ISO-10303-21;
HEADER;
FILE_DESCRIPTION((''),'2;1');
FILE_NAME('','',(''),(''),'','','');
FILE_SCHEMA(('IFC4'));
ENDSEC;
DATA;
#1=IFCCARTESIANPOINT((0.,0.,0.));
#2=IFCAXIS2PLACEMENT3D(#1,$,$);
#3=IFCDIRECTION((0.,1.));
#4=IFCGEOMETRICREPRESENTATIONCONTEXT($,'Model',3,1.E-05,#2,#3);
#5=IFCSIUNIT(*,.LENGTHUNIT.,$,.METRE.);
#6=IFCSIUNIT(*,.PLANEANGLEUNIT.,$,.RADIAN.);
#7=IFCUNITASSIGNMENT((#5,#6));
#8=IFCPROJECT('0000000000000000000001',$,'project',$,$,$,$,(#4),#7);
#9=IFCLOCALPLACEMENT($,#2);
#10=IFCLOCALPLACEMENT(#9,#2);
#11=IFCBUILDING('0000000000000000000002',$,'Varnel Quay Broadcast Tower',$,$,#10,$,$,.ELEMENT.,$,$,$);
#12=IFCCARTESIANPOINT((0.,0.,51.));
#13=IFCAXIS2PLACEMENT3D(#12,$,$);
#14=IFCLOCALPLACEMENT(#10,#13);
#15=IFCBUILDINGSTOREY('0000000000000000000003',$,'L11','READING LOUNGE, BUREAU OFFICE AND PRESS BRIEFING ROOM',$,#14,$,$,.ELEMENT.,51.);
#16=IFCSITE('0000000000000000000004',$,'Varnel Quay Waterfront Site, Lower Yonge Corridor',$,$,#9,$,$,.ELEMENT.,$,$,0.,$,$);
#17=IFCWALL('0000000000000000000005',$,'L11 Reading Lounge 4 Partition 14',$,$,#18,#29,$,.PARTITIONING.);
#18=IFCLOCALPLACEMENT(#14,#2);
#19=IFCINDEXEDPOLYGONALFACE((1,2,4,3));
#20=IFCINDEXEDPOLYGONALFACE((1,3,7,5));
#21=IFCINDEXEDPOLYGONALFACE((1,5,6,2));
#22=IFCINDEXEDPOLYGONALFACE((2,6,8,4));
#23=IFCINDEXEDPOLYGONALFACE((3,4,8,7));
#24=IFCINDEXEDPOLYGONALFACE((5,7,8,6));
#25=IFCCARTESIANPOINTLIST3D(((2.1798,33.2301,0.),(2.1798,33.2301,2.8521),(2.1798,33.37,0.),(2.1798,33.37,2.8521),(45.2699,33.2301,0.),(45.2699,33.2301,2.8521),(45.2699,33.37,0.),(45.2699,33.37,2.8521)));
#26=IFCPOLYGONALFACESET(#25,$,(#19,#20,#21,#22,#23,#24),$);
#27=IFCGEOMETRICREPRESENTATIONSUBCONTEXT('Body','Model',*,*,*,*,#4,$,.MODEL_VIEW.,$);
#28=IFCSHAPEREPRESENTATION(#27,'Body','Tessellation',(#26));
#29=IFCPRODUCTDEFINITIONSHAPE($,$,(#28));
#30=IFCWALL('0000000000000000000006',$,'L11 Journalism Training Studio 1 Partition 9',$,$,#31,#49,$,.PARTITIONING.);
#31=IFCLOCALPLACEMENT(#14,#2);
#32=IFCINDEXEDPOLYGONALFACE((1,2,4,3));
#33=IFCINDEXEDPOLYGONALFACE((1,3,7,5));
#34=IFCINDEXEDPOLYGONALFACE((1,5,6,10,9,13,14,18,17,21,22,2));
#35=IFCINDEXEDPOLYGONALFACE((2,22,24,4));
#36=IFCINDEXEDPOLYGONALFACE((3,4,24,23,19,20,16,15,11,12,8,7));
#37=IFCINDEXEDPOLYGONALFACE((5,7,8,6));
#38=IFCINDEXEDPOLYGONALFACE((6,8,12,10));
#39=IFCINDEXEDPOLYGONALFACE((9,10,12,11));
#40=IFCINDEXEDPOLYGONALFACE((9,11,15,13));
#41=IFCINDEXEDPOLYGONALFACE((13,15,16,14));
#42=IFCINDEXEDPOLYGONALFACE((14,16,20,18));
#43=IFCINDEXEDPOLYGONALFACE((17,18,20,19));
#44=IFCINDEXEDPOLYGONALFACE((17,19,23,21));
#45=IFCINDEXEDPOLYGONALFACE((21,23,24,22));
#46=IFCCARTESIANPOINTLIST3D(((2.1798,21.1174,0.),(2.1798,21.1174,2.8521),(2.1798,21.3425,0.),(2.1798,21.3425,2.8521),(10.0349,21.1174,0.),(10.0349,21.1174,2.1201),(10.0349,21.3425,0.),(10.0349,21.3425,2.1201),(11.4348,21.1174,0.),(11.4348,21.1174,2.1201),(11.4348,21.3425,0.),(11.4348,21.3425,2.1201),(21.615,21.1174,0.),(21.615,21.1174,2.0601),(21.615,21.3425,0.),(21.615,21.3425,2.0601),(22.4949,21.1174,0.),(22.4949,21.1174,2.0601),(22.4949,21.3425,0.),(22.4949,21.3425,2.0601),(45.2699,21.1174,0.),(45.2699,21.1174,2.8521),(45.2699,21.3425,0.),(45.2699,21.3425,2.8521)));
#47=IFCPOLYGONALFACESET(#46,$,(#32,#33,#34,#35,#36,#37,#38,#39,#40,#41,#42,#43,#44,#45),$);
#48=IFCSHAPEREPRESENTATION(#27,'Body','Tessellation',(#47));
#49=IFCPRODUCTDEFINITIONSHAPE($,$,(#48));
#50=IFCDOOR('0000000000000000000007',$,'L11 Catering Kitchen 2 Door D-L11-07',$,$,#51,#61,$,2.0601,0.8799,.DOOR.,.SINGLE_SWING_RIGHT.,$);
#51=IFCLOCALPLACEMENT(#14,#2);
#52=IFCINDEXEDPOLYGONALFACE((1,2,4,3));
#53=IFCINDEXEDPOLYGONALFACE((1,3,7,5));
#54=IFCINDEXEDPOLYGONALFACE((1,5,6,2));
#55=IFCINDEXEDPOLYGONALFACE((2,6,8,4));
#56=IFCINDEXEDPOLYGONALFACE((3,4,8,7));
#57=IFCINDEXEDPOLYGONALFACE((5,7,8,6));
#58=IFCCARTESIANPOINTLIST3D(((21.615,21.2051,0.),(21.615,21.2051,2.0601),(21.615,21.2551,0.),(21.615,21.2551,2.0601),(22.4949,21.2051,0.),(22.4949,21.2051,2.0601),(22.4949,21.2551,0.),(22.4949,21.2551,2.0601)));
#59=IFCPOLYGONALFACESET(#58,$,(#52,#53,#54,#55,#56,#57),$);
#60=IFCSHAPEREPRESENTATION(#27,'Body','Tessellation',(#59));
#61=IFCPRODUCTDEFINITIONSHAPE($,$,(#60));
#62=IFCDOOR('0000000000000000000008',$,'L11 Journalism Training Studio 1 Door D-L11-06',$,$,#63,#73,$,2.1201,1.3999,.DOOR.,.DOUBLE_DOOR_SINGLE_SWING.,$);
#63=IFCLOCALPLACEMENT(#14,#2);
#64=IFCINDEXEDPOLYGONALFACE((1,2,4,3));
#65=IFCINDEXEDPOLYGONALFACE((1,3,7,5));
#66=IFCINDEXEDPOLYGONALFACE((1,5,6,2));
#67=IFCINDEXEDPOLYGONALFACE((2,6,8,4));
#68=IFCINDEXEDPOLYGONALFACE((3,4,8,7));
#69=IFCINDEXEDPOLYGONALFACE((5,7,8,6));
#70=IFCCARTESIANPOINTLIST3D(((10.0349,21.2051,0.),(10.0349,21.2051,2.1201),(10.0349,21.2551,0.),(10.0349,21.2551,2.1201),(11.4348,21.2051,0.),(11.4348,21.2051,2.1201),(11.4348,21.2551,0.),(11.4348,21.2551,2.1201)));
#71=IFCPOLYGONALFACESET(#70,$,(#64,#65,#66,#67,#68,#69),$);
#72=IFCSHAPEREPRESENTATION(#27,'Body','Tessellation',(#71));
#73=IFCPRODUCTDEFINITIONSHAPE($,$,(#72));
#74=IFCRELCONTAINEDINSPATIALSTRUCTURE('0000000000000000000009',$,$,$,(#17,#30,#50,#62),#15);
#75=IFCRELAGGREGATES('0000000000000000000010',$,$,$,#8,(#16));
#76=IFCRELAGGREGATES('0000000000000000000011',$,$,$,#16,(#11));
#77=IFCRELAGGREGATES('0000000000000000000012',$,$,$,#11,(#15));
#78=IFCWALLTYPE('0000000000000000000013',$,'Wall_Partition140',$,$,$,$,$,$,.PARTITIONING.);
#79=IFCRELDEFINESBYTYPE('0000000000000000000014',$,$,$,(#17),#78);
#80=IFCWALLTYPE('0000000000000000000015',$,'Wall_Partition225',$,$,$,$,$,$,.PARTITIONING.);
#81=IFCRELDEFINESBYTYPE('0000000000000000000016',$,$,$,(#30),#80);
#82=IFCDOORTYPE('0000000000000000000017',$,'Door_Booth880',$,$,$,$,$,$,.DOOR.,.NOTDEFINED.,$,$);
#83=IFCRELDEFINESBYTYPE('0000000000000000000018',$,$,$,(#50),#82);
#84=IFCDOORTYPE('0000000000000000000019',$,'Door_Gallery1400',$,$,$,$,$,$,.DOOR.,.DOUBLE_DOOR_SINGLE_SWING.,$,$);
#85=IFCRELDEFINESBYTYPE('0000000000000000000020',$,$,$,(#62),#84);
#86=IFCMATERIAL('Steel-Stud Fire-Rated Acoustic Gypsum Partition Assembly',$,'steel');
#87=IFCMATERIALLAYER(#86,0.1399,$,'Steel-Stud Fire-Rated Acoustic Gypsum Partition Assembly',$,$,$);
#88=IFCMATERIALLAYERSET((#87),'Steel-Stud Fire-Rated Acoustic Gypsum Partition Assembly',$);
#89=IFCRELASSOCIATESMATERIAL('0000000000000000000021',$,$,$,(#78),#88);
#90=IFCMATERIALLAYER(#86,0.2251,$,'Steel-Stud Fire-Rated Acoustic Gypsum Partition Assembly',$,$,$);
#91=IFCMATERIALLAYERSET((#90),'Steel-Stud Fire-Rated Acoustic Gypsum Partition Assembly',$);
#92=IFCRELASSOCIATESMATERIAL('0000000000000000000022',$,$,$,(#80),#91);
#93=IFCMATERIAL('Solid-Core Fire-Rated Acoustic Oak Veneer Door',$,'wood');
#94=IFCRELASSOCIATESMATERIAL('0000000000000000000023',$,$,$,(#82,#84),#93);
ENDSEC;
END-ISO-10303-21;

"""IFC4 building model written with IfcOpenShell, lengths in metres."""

from ifc_helpers import new_model, si_unit, direction, frame, frame_2d, origin, place, context, subcontext, project, spatial, rectangle, extrude, source, transform, mapped, material, layer, layer_set, type_object, type_shapes, element, fill, save


model = new_model("IFC4")

# Units and contexts
model_context = context("Model", 3, precision=1e-05, world=origin(), true_north=direction((0.0, 1.0)))
body_context = subcontext(model_context, "Body", "Model", "MODEL_VIEW")
ifc_project = project(units=[si_unit("LENGTHUNIT", "METRE"), si_unit("PLANEANGLEUNIT", "RADIAN")], contexts=[model_context])

# Site, building, storey
site_placement = place(None, origin())
site = spatial("IfcSite", under=ifc_project, at=site_placement, Name="Varnel Quay Waterfront Site, Lower Yonge Corridor", CompositionType="ELEMENT", RefElevation=0.0)
building_placement = place(site_placement, origin())
building = spatial("IfcBuilding", under=site, at=building_placement, Name="Varnel Quay Broadcast Tower", CompositionType="ELEMENT")
storey_placement = place(building_placement, frame((0.0, 0.0, 51.0)))
storey = spatial("IfcBuildingStorey", under=building, at=storey_placement, Name="L11", Description="READING LOUNGE, BUREAU OFFICE AND PRESS BRIEFING ROOM", CompositionType="ELEMENT", Elevation=51.0)

# Shared definitions
ifc_material_1 = material(Name="Steel-Stud Fire-Rated Acoustic Gypsum Partition Assembly", Category="steel")
ifc_layer_1 = layer(ifc_material_1, 0.1399, Name="Steel-Stud Fire-Rated Acoustic Gypsum Partition Assembly")
ifc_layer_set_1 = layer_set([ifc_layer_1], Name="Steel-Stud Fire-Rated Acoustic Gypsum Partition Assembly")
wall_type_1 = type_object("IfcWallType", Name="Wall_Partition140", PredefinedType="PARTITIONING", material=ifc_layer_set_1)
ifc_material_2 = material(Name="Solid-Core Fire-Rated Acoustic Oak Veneer Door", Category="wood")

# Wall
wall_1_placement = place(storey_placement, frame((2.1799, 33.3, 0.0), z_axis=(0.0, 0.0, 1.0), x_axis=(1.0, 0.0, 0.0)))
element("IfcWall", 1, at=wall_1_placement, inside=storey, type_object=wall_type_1, Name="L11 Reading Lounge 4 Partition 14", PredefinedType="PARTITIONING", context=body_context, shape_type="SweptSolid", body=[
    extrude(rectangle(XDim=43.0901, YDim=0.1399, at=frame_2d((21.5449, 0.0))), origin(), (0.0, 0.0, 1.0), 2.8521),
])

# Wall, openings, doors
ifc_layer_2 = layer(ifc_material_1, 0.2251, Name="Steel-Stud Fire-Rated Acoustic Gypsum Partition Assembly")
ifc_layer_set_2 = layer_set([ifc_layer_2], Name="Steel-Stud Fire-Rated Acoustic Gypsum Partition Assembly")
wall_type_2 = type_object("IfcWallType", Name="Wall_Partition225", PredefinedType="PARTITIONING", material=ifc_layer_set_2)
wall_2_placement = place(storey_placement, frame((2.1799, 21.23, 0.0), z_axis=(0.0, 0.0, 1.0), x_axis=(1.0, 0.0, 0.0)))
wall_2 = element("IfcWall", 2, at=wall_2_placement, inside=storey, type_object=wall_type_2, Name="L11 Journalism Training Studio 1 Partition 9", PredefinedType="PARTITIONING", context=body_context, shape_type="SweptSolid", body=[
    extrude(rectangle(XDim=43.0901, YDim=0.2251, at=frame_2d((21.5449, 0.0))), origin(), (0.0, 0.0, 1.0), 2.8521),
])
opening_1_placement = place(wall_2_placement, frame((7.855, 0.0, 0.0)))
opening_1 = element("IfcOpeningElement", 3, at=opening_1_placement, cuts=wall_2, PredefinedType="OPENING", context=body_context, shape_type="SweptSolid", body=[
    extrude(rectangle(XDim=1.3999, YDim=2.1201, at=frame_2d((0.7, 1.0601))), frame((0.0, 0.1226, 0.0), z_axis=(0.0, -1.0, 0.0), x_axis=(1.0, 0.0, 0.0)), (0.0, 0.0, 1.0), 0.2451),
])
opening_2_placement = place(wall_2_placement, frame((19.4351, 0.0, 0.0)))
opening_2 = element("IfcOpeningElement", 4, at=opening_2_placement, cuts=wall_2, PredefinedType="OPENING", context=body_context, shape_type="SweptSolid", body=[
    extrude(rectangle(XDim=0.8799, YDim=2.0601, at=frame_2d((0.4399, 1.03))), frame((0.0, 0.1226, 0.0), z_axis=(0.0, -1.0, 0.0), x_axis=(1.0, 0.0, 0.0)), (0.0, 0.0, 1.0), 0.2451),
])
door_type_1 = type_object("IfcDoorType", Name="Door_Booth880", OperationType="NOTDEFINED", PredefinedType="DOOR", material=ifc_material_2)
shared_shape_1 = source(origin(), body_context, "Body", "SweptSolid", [
    extrude(rectangle(XDim=0.8799, YDim=2.0601, at=frame_2d((0.4399, 1.03))), frame((0.0, 0.0249, 0.0), z_axis=(0.0, -1.0, 0.0), x_axis=(1.0, 0.0, 0.0)), (0.0, 0.0, 1.0), 0.05),
])
type_shapes(door_type_1, [shared_shape_1])
door_1_placement = place(opening_2_placement, frame((0.8799, 0.0, 0.0), z_axis=(0.0, 0.0, 1.0), x_axis=(-1.0, 0.0, 0.0)))
door_1 = element("IfcDoor", 5, at=door_1_placement, inside=storey, type_object=door_type_1, Name="L11 Catering Kitchen 2 Door D-L11-07", OperationType="SINGLE_SWING_RIGHT", OverallHeight=2.0601, OverallWidth=0.8799, PredefinedType="DOOR", context=body_context, shape_type="MappedRepresentation", body=[
    mapped(shared_shape_1, transform((0.0, 0.0, 0.0), x_axis=(1.0, 0.0, 0.0), y_axis=(0.0, 1.0, 0.0), z_axis=(0.0, 0.0, 1.0), scale=1.0)),
])
fill(opening_2, door_1)
door_type_2 = type_object("IfcDoorType", Name="Door_Gallery1400", OperationType="DOUBLE_DOOR_SINGLE_SWING", PredefinedType="DOOR", material=ifc_material_2)
shared_shape_2 = source(origin(), body_context, "Body", "SweptSolid", [
    extrude(rectangle(XDim=1.3999, YDim=2.1201, at=frame_2d((0.7, 1.0601))), frame((0.0, 0.0249, 0.0), z_axis=(0.0, -1.0, 0.0), x_axis=(1.0, 0.0, 0.0)), (0.0, 0.0, 1.0), 0.05),
])
type_shapes(door_type_2, [shared_shape_2])
door_2_placement = place(opening_1_placement, frame((1.3999, 0.0, 0.0), z_axis=(0.0, 0.0, 1.0), x_axis=(-1.0, 0.0, 0.0)))
door_2 = element("IfcDoor", 6, at=door_2_placement, inside=storey, type_object=door_type_2, Name="L11 Journalism Training Studio 1 Door D-L11-06", OperationType="DOUBLE_DOOR_SINGLE_SWING", OverallHeight=2.1201, OverallWidth=1.3999, PredefinedType="DOOR", context=body_context, shape_type="MappedRepresentation", body=[
    mapped(shared_shape_2, transform((0.0, 0.0, 0.0), x_axis=(1.0, 0.0, 0.0), y_axis=(0.0, 1.0, 0.0), z_axis=(0.0, 0.0, 1.0), scale=1.0)),
])
fill(opening_1, door_2)

save(model, "model.ifc")
